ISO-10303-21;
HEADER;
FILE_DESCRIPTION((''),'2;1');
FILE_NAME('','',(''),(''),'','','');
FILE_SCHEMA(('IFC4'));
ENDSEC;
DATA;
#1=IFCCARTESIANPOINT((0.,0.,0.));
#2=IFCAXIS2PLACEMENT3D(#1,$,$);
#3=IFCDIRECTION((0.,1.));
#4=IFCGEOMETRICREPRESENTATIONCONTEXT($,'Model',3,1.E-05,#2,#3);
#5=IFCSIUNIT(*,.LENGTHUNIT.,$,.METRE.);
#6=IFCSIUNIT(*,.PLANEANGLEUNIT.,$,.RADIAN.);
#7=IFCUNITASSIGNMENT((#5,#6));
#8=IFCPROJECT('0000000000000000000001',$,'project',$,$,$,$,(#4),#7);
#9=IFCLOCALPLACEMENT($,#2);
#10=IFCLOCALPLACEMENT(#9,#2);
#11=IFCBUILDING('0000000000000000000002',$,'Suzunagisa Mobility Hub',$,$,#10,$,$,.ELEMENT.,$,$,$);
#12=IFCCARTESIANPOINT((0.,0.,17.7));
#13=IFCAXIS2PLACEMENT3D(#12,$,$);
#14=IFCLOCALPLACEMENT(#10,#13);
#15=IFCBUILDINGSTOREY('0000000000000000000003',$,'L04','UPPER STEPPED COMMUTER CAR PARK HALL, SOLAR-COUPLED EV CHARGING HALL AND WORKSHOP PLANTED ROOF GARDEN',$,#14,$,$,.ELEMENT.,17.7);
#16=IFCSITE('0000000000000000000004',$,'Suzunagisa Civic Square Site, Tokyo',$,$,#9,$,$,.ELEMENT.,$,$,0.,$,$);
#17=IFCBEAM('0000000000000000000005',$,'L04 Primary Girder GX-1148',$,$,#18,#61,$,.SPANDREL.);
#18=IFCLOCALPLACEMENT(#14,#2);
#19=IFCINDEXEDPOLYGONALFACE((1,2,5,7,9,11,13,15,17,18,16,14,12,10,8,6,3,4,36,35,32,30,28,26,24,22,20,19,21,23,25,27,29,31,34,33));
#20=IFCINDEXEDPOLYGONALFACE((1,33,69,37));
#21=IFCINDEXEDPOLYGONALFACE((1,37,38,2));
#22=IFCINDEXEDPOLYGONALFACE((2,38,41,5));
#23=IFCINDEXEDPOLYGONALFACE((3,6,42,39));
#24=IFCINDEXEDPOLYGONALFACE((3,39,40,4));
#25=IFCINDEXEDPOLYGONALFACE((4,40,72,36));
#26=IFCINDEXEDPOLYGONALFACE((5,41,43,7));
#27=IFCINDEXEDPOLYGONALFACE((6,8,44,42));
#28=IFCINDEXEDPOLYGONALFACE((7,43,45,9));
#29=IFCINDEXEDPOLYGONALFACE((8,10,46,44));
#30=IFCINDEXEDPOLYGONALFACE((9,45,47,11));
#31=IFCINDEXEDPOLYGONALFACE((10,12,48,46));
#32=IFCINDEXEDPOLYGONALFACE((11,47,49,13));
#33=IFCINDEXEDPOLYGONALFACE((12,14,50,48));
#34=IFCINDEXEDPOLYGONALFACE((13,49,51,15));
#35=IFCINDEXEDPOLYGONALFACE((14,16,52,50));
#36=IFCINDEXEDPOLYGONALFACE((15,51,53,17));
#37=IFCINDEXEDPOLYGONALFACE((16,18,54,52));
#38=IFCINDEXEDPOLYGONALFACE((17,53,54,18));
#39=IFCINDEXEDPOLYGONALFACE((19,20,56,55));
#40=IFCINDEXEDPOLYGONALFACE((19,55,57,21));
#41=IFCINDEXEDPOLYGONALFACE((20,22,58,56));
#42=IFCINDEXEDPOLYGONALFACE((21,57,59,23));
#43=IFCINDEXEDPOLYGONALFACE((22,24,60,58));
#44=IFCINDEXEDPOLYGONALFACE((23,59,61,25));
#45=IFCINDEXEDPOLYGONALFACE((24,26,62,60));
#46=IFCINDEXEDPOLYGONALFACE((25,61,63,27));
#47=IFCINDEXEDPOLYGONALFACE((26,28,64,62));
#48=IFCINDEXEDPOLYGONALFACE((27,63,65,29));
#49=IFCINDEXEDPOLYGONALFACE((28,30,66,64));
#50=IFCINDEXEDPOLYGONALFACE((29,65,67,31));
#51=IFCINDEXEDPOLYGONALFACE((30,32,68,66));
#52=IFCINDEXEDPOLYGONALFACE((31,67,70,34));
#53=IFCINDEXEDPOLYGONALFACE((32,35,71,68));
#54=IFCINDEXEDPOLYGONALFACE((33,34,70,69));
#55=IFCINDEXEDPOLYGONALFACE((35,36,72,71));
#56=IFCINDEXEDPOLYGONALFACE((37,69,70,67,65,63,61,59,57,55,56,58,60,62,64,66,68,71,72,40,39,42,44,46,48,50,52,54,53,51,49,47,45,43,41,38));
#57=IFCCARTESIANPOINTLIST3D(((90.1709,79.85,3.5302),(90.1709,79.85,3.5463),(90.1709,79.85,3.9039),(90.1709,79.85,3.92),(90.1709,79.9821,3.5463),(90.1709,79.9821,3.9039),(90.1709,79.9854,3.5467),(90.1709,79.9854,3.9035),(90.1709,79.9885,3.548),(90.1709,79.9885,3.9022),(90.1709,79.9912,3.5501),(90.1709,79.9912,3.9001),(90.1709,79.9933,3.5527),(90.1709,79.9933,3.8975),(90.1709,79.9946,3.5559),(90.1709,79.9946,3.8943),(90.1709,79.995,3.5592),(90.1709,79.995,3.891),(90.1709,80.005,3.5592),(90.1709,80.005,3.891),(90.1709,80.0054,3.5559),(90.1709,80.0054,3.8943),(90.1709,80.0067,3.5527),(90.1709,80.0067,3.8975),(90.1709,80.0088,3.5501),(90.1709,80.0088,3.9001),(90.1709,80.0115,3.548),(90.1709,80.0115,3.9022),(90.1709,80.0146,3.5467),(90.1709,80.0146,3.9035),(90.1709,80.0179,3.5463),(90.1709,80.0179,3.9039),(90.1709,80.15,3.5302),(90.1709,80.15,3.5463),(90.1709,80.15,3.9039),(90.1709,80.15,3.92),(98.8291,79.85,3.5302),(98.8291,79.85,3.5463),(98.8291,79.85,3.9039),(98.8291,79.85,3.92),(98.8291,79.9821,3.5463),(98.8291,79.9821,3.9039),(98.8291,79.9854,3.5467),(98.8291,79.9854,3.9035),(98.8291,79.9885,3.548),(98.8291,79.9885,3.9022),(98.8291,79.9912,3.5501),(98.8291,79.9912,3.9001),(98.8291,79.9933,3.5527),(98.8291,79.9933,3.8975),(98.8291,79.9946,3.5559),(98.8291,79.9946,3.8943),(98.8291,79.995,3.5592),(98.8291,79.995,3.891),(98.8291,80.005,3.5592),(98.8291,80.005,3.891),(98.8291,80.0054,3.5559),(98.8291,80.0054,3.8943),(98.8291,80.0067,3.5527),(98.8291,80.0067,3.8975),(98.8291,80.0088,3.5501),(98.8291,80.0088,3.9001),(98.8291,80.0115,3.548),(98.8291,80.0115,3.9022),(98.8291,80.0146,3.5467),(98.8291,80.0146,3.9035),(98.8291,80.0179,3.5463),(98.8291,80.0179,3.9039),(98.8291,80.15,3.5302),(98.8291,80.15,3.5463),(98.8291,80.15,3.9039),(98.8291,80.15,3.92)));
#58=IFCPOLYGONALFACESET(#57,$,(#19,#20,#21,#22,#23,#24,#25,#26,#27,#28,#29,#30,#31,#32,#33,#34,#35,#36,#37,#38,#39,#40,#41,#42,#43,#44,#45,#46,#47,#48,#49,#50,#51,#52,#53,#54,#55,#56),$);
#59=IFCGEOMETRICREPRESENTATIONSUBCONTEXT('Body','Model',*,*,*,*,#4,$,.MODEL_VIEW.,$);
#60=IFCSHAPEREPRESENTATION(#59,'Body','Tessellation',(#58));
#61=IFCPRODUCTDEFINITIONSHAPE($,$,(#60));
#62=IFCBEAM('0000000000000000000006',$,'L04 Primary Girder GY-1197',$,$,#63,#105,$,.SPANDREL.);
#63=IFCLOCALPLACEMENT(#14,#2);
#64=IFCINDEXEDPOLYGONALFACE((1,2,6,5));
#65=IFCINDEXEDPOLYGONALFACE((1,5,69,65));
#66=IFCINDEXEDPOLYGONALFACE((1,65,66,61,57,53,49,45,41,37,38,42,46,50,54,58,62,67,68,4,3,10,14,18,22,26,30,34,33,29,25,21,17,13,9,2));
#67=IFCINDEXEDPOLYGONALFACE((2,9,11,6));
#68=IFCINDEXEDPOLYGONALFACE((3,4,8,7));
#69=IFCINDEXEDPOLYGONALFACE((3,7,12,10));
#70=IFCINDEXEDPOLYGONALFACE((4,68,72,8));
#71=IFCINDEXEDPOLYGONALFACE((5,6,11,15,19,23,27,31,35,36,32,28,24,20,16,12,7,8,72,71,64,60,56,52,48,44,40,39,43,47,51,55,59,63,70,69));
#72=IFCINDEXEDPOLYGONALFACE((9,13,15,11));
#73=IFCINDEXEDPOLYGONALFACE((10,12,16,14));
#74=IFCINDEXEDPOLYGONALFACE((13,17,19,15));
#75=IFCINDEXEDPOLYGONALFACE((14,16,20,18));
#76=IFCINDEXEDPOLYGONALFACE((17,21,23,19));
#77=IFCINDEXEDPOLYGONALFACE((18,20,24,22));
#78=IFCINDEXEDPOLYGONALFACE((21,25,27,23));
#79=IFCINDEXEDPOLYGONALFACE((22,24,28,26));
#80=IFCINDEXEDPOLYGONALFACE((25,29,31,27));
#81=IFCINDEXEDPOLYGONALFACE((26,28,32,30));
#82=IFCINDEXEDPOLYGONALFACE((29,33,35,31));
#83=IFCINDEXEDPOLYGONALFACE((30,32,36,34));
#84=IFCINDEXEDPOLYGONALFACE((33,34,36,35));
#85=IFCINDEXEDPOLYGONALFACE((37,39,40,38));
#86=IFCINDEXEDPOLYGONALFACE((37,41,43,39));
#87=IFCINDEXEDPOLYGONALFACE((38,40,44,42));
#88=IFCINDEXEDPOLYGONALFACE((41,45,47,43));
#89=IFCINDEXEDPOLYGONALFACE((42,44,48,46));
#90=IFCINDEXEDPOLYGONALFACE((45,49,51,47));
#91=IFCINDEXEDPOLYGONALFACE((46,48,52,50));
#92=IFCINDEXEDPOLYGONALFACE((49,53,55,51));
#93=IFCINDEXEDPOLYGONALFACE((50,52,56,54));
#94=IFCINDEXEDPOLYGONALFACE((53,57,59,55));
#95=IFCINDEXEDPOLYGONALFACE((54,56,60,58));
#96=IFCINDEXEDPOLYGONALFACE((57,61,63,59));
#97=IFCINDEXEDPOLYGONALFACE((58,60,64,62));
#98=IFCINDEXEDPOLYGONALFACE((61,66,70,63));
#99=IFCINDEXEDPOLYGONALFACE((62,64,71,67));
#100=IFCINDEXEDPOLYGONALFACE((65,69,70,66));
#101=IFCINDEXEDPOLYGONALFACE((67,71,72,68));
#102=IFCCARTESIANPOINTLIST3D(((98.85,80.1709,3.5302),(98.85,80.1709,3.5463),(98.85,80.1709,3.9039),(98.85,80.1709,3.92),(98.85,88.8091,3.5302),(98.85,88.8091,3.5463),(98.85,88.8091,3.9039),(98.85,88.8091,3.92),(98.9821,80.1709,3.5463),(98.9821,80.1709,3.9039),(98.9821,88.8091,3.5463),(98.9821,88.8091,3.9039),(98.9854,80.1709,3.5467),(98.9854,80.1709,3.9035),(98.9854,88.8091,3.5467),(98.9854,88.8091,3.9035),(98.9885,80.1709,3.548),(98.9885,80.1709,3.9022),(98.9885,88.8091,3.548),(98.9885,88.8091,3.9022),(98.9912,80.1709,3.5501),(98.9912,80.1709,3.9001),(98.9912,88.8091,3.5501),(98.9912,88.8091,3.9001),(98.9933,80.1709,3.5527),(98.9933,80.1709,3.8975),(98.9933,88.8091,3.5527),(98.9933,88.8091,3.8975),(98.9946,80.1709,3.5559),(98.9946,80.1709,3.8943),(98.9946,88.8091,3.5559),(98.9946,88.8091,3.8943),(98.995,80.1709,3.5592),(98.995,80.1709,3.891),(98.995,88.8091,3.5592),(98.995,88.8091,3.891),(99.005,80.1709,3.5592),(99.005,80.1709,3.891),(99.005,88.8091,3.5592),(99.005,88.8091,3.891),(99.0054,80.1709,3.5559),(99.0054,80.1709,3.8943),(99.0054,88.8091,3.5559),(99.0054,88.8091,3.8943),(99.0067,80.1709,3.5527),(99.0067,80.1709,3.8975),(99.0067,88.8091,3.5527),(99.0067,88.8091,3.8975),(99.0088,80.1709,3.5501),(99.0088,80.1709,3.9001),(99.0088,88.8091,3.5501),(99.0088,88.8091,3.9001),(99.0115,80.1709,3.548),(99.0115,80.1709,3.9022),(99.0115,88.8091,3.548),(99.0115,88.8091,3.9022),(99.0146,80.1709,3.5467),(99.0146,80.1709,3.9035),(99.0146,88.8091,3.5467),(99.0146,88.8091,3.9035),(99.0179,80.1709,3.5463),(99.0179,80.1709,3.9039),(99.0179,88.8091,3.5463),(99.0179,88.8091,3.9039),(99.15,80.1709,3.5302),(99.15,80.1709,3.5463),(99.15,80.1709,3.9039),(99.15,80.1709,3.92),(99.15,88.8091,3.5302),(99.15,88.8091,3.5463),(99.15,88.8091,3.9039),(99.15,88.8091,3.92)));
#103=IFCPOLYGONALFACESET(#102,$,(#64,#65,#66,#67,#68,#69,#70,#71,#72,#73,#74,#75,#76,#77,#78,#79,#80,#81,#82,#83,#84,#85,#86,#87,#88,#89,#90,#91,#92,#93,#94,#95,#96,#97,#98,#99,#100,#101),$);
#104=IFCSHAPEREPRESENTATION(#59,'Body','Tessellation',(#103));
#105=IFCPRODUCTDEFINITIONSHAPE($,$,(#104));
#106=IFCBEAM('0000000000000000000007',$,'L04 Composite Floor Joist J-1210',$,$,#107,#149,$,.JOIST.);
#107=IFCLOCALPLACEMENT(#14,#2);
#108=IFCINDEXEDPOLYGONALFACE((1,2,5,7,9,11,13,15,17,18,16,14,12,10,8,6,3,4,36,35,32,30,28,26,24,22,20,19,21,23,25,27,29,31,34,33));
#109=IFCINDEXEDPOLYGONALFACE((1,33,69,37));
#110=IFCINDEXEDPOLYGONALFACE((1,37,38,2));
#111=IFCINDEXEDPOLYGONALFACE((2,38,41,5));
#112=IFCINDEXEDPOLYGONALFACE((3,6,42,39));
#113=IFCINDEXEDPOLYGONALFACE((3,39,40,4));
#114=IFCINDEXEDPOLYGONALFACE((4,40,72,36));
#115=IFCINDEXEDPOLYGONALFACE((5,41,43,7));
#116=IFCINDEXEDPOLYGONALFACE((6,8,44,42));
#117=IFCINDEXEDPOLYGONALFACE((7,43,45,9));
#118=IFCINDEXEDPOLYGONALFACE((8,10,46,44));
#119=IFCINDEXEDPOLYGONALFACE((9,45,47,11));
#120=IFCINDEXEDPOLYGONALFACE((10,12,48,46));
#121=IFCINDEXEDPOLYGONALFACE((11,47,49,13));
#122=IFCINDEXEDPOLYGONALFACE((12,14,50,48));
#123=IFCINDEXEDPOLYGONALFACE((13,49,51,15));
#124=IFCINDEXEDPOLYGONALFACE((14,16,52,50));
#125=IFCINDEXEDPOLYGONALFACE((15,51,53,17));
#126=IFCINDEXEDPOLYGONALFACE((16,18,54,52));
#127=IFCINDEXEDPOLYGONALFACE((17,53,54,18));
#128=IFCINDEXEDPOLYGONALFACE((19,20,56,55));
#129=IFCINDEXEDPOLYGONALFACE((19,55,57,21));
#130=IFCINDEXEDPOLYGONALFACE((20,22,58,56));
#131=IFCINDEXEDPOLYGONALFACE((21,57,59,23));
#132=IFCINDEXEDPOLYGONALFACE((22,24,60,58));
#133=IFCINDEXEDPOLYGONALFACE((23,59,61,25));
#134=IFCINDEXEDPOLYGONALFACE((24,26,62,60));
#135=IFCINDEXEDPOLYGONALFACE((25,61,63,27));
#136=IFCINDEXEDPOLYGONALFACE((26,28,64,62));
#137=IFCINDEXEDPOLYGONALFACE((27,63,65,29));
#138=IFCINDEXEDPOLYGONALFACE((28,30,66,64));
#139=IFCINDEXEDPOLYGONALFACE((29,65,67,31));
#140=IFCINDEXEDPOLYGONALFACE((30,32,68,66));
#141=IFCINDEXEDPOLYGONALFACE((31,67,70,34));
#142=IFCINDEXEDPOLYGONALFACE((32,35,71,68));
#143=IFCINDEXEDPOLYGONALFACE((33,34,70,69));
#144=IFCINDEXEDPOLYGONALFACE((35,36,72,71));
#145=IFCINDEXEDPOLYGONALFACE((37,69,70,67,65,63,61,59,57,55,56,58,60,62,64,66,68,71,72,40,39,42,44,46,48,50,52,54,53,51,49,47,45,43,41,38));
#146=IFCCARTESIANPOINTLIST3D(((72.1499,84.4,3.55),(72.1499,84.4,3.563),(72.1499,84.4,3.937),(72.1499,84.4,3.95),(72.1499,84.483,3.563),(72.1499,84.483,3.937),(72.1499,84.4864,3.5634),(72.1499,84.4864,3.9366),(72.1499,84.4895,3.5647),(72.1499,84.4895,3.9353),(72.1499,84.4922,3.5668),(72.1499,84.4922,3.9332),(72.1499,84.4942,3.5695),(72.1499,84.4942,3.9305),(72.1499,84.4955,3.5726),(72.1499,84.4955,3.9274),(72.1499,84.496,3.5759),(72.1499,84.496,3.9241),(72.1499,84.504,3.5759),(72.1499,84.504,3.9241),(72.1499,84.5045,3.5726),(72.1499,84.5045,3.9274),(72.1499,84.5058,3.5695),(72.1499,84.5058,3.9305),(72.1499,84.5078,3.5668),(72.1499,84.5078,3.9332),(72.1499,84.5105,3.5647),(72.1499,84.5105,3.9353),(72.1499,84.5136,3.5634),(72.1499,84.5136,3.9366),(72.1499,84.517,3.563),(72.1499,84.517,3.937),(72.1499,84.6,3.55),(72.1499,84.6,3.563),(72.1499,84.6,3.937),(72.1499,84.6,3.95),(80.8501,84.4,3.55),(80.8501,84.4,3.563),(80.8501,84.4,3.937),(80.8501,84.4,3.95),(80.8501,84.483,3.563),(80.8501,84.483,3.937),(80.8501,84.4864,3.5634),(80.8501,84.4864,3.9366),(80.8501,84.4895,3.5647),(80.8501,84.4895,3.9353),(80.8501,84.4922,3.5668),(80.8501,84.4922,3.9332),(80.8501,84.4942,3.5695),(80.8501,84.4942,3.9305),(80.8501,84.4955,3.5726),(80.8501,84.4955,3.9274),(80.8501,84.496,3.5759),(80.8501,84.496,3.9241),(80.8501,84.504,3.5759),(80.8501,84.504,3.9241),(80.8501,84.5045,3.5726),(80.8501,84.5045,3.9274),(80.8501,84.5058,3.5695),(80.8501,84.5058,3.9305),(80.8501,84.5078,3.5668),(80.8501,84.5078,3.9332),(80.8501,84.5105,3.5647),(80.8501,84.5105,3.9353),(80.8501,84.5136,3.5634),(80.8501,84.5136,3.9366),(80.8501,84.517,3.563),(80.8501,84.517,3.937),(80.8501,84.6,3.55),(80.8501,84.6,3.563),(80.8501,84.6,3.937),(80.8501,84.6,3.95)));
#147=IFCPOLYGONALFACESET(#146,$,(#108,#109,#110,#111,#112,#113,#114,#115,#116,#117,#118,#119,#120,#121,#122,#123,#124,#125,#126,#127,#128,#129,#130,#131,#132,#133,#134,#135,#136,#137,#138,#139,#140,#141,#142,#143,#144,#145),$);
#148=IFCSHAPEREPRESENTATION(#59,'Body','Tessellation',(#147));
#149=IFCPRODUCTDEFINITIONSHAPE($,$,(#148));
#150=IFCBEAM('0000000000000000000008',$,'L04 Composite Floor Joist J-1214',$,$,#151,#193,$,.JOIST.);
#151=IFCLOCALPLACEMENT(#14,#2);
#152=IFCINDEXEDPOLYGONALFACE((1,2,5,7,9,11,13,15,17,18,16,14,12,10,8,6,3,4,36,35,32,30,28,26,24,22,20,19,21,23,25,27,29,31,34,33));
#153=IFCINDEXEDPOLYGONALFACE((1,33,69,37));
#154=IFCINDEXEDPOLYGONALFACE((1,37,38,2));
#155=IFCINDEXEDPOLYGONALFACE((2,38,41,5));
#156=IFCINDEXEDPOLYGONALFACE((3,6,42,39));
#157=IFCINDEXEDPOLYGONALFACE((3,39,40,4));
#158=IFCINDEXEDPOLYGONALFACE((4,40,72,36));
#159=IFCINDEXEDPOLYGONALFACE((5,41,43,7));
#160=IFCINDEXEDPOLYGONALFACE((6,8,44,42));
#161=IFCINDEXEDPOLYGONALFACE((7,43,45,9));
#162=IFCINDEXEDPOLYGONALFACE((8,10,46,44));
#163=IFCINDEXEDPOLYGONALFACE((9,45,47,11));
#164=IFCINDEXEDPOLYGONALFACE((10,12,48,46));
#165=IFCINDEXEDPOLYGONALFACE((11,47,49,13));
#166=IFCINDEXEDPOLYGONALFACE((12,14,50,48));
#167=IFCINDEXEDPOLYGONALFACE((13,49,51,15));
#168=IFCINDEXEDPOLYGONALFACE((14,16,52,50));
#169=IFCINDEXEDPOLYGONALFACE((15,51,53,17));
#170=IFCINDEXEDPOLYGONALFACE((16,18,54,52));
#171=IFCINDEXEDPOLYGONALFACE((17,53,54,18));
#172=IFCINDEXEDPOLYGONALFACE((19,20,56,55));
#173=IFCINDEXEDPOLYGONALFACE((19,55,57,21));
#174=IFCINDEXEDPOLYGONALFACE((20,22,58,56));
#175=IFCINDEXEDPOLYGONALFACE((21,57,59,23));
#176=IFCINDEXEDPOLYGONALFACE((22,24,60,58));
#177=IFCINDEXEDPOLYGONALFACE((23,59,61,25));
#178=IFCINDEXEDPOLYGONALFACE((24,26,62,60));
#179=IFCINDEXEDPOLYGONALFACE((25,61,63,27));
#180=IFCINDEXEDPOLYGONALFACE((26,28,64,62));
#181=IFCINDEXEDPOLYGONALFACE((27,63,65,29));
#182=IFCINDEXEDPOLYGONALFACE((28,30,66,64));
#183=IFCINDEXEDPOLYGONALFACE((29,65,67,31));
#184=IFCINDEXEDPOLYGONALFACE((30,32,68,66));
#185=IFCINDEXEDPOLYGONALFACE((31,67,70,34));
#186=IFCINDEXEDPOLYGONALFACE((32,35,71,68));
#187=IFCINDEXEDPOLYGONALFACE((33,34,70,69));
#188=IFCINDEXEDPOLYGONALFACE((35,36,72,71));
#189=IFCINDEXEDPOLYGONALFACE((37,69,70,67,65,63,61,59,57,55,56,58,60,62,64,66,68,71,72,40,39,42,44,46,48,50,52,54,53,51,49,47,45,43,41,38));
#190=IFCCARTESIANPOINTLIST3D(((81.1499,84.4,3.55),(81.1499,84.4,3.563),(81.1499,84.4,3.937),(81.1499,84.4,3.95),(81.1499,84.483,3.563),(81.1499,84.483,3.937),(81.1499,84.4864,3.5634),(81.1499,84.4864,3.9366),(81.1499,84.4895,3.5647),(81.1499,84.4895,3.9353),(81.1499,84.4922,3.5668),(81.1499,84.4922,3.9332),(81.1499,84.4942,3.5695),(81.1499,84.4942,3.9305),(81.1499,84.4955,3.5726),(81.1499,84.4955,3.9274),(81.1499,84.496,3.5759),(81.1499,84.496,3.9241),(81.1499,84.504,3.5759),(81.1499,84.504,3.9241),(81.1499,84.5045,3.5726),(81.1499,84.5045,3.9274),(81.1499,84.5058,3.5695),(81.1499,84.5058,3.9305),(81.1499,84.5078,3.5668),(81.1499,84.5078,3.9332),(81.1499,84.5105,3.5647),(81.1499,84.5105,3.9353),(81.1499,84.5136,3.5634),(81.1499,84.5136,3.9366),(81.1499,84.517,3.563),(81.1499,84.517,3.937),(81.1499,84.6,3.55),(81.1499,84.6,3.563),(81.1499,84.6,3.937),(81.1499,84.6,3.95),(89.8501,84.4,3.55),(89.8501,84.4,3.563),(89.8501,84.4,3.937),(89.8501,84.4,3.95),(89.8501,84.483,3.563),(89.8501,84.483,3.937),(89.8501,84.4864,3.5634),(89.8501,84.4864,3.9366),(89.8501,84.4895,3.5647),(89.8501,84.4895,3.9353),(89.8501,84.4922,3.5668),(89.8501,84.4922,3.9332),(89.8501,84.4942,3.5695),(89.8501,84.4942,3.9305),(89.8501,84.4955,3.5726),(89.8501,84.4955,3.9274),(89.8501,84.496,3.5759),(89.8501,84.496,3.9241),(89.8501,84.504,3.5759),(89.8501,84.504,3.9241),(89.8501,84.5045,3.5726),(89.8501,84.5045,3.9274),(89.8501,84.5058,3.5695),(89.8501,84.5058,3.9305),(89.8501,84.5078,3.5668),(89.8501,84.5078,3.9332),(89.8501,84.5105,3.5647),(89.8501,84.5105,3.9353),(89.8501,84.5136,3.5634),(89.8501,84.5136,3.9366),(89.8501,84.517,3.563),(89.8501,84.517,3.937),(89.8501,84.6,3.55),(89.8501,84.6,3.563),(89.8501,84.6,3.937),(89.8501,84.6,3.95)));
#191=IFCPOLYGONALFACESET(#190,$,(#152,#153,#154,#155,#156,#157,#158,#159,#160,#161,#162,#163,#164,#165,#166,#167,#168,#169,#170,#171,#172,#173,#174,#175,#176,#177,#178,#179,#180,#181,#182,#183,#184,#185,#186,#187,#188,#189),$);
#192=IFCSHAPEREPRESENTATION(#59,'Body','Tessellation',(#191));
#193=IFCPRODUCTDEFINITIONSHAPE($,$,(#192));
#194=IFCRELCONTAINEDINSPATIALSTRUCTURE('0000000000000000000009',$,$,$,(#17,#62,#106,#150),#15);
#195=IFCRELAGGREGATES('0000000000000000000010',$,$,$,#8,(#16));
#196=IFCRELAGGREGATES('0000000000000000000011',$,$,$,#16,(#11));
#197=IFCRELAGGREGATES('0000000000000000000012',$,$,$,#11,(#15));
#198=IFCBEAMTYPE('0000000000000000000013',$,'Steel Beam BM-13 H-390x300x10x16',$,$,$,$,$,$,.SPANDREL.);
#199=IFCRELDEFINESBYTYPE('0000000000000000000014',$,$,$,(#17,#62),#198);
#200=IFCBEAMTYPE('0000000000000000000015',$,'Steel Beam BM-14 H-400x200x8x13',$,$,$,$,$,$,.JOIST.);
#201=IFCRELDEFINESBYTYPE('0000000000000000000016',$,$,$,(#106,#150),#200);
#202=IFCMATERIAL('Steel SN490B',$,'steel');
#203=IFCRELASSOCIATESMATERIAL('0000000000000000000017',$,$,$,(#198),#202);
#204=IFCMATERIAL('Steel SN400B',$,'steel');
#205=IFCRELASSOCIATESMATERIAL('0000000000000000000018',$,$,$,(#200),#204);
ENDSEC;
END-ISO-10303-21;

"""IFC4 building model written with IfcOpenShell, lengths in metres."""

from ifc_helpers import new_model, si_unit, direction, frame, origin, origin_2d, place, context, subcontext, project, spatial, i_section, extrude, material, material_profile, profile_set, type_object, element, save


model = new_model("IFC4")

# Units and contexts
model_context = context("Model", 3, precision=1e-05, world=origin(), true_north=direction((0.0, 1.0)))
body_context = subcontext(model_context, "Body", "Model", "MODEL_VIEW")
ifc_project = project(units=[si_unit("LENGTHUNIT", "METRE"), si_unit("PLANEANGLEUNIT", "RADIAN")], contexts=[model_context])

# Site, building, storey
site_placement = place(None, origin())
site = spatial("IfcSite", under=ifc_project, at=site_placement, Name="Suzunagisa Civic Square Site, Tokyo", CompositionType="ELEMENT", RefElevation=0.0)
building_placement = place(site_placement, origin())
building = spatial("IfcBuilding", under=site, at=building_placement, Name="Suzunagisa Mobility Hub", CompositionType="ELEMENT")
storey_placement = place(building_placement, frame((0.0, 0.0, 17.7)))
storey = spatial("IfcBuildingStorey", under=building, at=storey_placement, Name="L04", Description="UPPER STEPPED COMMUTER CAR PARK HALL, SOLAR-COUPLED EV CHARGING HALL AND WORKSHOP PLANTED ROOF GARDEN", CompositionType="ELEMENT", Elevation=17.7)

# Shared definitions
ifc_material_1 = material(Name="Steel SN490B", Category="steel")

# Beams
ifc_material_profile_1 = material_profile(ifc_material_1, i_section(OverallWidth=0.3, OverallDepth=0.3899, WebThickness=0.01, FlangeThickness=0.0161, FilletRadius=0.0129, at=origin_2d()), Name="H-390x300x10x16")
ifc_profile_set_1 = profile_set([ifc_material_profile_1], Name="Steel SN490B")
beam_type_1 = type_object("IfcBeamType", Name="Steel Beam BM-13 H-390x300x10x16", PredefinedType="SPANDREL", material=ifc_profile_set_1)
beam_1_placement = place(storey_placement, frame((90.1709, 80.0, 3.7251), z_axis=(1.0, 0.0, 0.0), x_axis=(0.0, 1.0, 0.0)))
element("IfcBeam", 1, at=beam_1_placement, inside=storey, type_object=beam_type_1, Name="L04 Primary Girder GX-1148", PredefinedType="SPANDREL", context=body_context, shape_type="SweptSolid", body=[
    extrude(i_section(OverallWidth=0.3, OverallDepth=0.3899, WebThickness=0.01, FlangeThickness=0.0161, FilletRadius=0.0129, at=origin_2d()), origin(), (0.0, 0.0, 1.0), 8.6582),
])
beam_2_placement = place(storey_placement, frame((99.0, 80.1709, 3.7251), z_axis=(0.0, 1.0, 0.0), x_axis=(-1.0, 0.0, 0.0)))
element("IfcBeam", 2, at=beam_2_placement, inside=storey, type_object=beam_type_1, Name="L04 Primary Girder GY-1197", PredefinedType="SPANDREL", context=body_context, shape_type="SweptSolid", body=[
    extrude(i_section(OverallWidth=0.3, OverallDepth=0.3899, WebThickness=0.01, FlangeThickness=0.0161, FilletRadius=0.0129, at=origin_2d()), origin(), (0.0, 0.0, 1.0), 8.6382),
])
ifc_material_2 = material(Name="Steel SN400B", Category="steel")
ifc_material_profile_2 = material_profile(ifc_material_2, i_section(OverallWidth=0.2, OverallDepth=0.3999, WebThickness=0.0081, FlangeThickness=0.0129, FilletRadius=0.0129, at=origin_2d()), Name="H-400x200x8x13")
ifc_profile_set_2 = profile_set([ifc_material_profile_2], Name="Steel SN400B")
beam_type_2 = type_object("IfcBeamType", Name="Steel Beam BM-14 H-400x200x8x13", PredefinedType="JOIST", material=ifc_profile_set_2)
for number, where, z_axis, x_axis, name in (
    (3, (72.1499, 84.5, 3.75), (1.0, 0.0, 0.0), (0.0, 1.0, 0.0), "L04 Composite Floor Joist J-1210"),
    (4, (81.1499, 84.5, 3.75), (1.0, 0.0, 0.0), (0.0, 1.0, 0.0), "L04 Composite Floor Joist J-1214"),
):
    element("IfcBeam", number, at=place(storey_placement, frame(where, z_axis=z_axis, x_axis=x_axis)), inside=storey, type_object=beam_type_2, Name=name, PredefinedType="JOIST", context=body_context, shape_type="SweptSolid", body=[
        extrude(i_section(OverallWidth=0.2, OverallDepth=0.3999, WebThickness=0.0081, FlangeThickness=0.0129, FilletRadius=0.0129, at=origin_2d()), origin(), (0.0, 0.0, 1.0), 8.7002),
    ])

save(model, "model.ifc")
